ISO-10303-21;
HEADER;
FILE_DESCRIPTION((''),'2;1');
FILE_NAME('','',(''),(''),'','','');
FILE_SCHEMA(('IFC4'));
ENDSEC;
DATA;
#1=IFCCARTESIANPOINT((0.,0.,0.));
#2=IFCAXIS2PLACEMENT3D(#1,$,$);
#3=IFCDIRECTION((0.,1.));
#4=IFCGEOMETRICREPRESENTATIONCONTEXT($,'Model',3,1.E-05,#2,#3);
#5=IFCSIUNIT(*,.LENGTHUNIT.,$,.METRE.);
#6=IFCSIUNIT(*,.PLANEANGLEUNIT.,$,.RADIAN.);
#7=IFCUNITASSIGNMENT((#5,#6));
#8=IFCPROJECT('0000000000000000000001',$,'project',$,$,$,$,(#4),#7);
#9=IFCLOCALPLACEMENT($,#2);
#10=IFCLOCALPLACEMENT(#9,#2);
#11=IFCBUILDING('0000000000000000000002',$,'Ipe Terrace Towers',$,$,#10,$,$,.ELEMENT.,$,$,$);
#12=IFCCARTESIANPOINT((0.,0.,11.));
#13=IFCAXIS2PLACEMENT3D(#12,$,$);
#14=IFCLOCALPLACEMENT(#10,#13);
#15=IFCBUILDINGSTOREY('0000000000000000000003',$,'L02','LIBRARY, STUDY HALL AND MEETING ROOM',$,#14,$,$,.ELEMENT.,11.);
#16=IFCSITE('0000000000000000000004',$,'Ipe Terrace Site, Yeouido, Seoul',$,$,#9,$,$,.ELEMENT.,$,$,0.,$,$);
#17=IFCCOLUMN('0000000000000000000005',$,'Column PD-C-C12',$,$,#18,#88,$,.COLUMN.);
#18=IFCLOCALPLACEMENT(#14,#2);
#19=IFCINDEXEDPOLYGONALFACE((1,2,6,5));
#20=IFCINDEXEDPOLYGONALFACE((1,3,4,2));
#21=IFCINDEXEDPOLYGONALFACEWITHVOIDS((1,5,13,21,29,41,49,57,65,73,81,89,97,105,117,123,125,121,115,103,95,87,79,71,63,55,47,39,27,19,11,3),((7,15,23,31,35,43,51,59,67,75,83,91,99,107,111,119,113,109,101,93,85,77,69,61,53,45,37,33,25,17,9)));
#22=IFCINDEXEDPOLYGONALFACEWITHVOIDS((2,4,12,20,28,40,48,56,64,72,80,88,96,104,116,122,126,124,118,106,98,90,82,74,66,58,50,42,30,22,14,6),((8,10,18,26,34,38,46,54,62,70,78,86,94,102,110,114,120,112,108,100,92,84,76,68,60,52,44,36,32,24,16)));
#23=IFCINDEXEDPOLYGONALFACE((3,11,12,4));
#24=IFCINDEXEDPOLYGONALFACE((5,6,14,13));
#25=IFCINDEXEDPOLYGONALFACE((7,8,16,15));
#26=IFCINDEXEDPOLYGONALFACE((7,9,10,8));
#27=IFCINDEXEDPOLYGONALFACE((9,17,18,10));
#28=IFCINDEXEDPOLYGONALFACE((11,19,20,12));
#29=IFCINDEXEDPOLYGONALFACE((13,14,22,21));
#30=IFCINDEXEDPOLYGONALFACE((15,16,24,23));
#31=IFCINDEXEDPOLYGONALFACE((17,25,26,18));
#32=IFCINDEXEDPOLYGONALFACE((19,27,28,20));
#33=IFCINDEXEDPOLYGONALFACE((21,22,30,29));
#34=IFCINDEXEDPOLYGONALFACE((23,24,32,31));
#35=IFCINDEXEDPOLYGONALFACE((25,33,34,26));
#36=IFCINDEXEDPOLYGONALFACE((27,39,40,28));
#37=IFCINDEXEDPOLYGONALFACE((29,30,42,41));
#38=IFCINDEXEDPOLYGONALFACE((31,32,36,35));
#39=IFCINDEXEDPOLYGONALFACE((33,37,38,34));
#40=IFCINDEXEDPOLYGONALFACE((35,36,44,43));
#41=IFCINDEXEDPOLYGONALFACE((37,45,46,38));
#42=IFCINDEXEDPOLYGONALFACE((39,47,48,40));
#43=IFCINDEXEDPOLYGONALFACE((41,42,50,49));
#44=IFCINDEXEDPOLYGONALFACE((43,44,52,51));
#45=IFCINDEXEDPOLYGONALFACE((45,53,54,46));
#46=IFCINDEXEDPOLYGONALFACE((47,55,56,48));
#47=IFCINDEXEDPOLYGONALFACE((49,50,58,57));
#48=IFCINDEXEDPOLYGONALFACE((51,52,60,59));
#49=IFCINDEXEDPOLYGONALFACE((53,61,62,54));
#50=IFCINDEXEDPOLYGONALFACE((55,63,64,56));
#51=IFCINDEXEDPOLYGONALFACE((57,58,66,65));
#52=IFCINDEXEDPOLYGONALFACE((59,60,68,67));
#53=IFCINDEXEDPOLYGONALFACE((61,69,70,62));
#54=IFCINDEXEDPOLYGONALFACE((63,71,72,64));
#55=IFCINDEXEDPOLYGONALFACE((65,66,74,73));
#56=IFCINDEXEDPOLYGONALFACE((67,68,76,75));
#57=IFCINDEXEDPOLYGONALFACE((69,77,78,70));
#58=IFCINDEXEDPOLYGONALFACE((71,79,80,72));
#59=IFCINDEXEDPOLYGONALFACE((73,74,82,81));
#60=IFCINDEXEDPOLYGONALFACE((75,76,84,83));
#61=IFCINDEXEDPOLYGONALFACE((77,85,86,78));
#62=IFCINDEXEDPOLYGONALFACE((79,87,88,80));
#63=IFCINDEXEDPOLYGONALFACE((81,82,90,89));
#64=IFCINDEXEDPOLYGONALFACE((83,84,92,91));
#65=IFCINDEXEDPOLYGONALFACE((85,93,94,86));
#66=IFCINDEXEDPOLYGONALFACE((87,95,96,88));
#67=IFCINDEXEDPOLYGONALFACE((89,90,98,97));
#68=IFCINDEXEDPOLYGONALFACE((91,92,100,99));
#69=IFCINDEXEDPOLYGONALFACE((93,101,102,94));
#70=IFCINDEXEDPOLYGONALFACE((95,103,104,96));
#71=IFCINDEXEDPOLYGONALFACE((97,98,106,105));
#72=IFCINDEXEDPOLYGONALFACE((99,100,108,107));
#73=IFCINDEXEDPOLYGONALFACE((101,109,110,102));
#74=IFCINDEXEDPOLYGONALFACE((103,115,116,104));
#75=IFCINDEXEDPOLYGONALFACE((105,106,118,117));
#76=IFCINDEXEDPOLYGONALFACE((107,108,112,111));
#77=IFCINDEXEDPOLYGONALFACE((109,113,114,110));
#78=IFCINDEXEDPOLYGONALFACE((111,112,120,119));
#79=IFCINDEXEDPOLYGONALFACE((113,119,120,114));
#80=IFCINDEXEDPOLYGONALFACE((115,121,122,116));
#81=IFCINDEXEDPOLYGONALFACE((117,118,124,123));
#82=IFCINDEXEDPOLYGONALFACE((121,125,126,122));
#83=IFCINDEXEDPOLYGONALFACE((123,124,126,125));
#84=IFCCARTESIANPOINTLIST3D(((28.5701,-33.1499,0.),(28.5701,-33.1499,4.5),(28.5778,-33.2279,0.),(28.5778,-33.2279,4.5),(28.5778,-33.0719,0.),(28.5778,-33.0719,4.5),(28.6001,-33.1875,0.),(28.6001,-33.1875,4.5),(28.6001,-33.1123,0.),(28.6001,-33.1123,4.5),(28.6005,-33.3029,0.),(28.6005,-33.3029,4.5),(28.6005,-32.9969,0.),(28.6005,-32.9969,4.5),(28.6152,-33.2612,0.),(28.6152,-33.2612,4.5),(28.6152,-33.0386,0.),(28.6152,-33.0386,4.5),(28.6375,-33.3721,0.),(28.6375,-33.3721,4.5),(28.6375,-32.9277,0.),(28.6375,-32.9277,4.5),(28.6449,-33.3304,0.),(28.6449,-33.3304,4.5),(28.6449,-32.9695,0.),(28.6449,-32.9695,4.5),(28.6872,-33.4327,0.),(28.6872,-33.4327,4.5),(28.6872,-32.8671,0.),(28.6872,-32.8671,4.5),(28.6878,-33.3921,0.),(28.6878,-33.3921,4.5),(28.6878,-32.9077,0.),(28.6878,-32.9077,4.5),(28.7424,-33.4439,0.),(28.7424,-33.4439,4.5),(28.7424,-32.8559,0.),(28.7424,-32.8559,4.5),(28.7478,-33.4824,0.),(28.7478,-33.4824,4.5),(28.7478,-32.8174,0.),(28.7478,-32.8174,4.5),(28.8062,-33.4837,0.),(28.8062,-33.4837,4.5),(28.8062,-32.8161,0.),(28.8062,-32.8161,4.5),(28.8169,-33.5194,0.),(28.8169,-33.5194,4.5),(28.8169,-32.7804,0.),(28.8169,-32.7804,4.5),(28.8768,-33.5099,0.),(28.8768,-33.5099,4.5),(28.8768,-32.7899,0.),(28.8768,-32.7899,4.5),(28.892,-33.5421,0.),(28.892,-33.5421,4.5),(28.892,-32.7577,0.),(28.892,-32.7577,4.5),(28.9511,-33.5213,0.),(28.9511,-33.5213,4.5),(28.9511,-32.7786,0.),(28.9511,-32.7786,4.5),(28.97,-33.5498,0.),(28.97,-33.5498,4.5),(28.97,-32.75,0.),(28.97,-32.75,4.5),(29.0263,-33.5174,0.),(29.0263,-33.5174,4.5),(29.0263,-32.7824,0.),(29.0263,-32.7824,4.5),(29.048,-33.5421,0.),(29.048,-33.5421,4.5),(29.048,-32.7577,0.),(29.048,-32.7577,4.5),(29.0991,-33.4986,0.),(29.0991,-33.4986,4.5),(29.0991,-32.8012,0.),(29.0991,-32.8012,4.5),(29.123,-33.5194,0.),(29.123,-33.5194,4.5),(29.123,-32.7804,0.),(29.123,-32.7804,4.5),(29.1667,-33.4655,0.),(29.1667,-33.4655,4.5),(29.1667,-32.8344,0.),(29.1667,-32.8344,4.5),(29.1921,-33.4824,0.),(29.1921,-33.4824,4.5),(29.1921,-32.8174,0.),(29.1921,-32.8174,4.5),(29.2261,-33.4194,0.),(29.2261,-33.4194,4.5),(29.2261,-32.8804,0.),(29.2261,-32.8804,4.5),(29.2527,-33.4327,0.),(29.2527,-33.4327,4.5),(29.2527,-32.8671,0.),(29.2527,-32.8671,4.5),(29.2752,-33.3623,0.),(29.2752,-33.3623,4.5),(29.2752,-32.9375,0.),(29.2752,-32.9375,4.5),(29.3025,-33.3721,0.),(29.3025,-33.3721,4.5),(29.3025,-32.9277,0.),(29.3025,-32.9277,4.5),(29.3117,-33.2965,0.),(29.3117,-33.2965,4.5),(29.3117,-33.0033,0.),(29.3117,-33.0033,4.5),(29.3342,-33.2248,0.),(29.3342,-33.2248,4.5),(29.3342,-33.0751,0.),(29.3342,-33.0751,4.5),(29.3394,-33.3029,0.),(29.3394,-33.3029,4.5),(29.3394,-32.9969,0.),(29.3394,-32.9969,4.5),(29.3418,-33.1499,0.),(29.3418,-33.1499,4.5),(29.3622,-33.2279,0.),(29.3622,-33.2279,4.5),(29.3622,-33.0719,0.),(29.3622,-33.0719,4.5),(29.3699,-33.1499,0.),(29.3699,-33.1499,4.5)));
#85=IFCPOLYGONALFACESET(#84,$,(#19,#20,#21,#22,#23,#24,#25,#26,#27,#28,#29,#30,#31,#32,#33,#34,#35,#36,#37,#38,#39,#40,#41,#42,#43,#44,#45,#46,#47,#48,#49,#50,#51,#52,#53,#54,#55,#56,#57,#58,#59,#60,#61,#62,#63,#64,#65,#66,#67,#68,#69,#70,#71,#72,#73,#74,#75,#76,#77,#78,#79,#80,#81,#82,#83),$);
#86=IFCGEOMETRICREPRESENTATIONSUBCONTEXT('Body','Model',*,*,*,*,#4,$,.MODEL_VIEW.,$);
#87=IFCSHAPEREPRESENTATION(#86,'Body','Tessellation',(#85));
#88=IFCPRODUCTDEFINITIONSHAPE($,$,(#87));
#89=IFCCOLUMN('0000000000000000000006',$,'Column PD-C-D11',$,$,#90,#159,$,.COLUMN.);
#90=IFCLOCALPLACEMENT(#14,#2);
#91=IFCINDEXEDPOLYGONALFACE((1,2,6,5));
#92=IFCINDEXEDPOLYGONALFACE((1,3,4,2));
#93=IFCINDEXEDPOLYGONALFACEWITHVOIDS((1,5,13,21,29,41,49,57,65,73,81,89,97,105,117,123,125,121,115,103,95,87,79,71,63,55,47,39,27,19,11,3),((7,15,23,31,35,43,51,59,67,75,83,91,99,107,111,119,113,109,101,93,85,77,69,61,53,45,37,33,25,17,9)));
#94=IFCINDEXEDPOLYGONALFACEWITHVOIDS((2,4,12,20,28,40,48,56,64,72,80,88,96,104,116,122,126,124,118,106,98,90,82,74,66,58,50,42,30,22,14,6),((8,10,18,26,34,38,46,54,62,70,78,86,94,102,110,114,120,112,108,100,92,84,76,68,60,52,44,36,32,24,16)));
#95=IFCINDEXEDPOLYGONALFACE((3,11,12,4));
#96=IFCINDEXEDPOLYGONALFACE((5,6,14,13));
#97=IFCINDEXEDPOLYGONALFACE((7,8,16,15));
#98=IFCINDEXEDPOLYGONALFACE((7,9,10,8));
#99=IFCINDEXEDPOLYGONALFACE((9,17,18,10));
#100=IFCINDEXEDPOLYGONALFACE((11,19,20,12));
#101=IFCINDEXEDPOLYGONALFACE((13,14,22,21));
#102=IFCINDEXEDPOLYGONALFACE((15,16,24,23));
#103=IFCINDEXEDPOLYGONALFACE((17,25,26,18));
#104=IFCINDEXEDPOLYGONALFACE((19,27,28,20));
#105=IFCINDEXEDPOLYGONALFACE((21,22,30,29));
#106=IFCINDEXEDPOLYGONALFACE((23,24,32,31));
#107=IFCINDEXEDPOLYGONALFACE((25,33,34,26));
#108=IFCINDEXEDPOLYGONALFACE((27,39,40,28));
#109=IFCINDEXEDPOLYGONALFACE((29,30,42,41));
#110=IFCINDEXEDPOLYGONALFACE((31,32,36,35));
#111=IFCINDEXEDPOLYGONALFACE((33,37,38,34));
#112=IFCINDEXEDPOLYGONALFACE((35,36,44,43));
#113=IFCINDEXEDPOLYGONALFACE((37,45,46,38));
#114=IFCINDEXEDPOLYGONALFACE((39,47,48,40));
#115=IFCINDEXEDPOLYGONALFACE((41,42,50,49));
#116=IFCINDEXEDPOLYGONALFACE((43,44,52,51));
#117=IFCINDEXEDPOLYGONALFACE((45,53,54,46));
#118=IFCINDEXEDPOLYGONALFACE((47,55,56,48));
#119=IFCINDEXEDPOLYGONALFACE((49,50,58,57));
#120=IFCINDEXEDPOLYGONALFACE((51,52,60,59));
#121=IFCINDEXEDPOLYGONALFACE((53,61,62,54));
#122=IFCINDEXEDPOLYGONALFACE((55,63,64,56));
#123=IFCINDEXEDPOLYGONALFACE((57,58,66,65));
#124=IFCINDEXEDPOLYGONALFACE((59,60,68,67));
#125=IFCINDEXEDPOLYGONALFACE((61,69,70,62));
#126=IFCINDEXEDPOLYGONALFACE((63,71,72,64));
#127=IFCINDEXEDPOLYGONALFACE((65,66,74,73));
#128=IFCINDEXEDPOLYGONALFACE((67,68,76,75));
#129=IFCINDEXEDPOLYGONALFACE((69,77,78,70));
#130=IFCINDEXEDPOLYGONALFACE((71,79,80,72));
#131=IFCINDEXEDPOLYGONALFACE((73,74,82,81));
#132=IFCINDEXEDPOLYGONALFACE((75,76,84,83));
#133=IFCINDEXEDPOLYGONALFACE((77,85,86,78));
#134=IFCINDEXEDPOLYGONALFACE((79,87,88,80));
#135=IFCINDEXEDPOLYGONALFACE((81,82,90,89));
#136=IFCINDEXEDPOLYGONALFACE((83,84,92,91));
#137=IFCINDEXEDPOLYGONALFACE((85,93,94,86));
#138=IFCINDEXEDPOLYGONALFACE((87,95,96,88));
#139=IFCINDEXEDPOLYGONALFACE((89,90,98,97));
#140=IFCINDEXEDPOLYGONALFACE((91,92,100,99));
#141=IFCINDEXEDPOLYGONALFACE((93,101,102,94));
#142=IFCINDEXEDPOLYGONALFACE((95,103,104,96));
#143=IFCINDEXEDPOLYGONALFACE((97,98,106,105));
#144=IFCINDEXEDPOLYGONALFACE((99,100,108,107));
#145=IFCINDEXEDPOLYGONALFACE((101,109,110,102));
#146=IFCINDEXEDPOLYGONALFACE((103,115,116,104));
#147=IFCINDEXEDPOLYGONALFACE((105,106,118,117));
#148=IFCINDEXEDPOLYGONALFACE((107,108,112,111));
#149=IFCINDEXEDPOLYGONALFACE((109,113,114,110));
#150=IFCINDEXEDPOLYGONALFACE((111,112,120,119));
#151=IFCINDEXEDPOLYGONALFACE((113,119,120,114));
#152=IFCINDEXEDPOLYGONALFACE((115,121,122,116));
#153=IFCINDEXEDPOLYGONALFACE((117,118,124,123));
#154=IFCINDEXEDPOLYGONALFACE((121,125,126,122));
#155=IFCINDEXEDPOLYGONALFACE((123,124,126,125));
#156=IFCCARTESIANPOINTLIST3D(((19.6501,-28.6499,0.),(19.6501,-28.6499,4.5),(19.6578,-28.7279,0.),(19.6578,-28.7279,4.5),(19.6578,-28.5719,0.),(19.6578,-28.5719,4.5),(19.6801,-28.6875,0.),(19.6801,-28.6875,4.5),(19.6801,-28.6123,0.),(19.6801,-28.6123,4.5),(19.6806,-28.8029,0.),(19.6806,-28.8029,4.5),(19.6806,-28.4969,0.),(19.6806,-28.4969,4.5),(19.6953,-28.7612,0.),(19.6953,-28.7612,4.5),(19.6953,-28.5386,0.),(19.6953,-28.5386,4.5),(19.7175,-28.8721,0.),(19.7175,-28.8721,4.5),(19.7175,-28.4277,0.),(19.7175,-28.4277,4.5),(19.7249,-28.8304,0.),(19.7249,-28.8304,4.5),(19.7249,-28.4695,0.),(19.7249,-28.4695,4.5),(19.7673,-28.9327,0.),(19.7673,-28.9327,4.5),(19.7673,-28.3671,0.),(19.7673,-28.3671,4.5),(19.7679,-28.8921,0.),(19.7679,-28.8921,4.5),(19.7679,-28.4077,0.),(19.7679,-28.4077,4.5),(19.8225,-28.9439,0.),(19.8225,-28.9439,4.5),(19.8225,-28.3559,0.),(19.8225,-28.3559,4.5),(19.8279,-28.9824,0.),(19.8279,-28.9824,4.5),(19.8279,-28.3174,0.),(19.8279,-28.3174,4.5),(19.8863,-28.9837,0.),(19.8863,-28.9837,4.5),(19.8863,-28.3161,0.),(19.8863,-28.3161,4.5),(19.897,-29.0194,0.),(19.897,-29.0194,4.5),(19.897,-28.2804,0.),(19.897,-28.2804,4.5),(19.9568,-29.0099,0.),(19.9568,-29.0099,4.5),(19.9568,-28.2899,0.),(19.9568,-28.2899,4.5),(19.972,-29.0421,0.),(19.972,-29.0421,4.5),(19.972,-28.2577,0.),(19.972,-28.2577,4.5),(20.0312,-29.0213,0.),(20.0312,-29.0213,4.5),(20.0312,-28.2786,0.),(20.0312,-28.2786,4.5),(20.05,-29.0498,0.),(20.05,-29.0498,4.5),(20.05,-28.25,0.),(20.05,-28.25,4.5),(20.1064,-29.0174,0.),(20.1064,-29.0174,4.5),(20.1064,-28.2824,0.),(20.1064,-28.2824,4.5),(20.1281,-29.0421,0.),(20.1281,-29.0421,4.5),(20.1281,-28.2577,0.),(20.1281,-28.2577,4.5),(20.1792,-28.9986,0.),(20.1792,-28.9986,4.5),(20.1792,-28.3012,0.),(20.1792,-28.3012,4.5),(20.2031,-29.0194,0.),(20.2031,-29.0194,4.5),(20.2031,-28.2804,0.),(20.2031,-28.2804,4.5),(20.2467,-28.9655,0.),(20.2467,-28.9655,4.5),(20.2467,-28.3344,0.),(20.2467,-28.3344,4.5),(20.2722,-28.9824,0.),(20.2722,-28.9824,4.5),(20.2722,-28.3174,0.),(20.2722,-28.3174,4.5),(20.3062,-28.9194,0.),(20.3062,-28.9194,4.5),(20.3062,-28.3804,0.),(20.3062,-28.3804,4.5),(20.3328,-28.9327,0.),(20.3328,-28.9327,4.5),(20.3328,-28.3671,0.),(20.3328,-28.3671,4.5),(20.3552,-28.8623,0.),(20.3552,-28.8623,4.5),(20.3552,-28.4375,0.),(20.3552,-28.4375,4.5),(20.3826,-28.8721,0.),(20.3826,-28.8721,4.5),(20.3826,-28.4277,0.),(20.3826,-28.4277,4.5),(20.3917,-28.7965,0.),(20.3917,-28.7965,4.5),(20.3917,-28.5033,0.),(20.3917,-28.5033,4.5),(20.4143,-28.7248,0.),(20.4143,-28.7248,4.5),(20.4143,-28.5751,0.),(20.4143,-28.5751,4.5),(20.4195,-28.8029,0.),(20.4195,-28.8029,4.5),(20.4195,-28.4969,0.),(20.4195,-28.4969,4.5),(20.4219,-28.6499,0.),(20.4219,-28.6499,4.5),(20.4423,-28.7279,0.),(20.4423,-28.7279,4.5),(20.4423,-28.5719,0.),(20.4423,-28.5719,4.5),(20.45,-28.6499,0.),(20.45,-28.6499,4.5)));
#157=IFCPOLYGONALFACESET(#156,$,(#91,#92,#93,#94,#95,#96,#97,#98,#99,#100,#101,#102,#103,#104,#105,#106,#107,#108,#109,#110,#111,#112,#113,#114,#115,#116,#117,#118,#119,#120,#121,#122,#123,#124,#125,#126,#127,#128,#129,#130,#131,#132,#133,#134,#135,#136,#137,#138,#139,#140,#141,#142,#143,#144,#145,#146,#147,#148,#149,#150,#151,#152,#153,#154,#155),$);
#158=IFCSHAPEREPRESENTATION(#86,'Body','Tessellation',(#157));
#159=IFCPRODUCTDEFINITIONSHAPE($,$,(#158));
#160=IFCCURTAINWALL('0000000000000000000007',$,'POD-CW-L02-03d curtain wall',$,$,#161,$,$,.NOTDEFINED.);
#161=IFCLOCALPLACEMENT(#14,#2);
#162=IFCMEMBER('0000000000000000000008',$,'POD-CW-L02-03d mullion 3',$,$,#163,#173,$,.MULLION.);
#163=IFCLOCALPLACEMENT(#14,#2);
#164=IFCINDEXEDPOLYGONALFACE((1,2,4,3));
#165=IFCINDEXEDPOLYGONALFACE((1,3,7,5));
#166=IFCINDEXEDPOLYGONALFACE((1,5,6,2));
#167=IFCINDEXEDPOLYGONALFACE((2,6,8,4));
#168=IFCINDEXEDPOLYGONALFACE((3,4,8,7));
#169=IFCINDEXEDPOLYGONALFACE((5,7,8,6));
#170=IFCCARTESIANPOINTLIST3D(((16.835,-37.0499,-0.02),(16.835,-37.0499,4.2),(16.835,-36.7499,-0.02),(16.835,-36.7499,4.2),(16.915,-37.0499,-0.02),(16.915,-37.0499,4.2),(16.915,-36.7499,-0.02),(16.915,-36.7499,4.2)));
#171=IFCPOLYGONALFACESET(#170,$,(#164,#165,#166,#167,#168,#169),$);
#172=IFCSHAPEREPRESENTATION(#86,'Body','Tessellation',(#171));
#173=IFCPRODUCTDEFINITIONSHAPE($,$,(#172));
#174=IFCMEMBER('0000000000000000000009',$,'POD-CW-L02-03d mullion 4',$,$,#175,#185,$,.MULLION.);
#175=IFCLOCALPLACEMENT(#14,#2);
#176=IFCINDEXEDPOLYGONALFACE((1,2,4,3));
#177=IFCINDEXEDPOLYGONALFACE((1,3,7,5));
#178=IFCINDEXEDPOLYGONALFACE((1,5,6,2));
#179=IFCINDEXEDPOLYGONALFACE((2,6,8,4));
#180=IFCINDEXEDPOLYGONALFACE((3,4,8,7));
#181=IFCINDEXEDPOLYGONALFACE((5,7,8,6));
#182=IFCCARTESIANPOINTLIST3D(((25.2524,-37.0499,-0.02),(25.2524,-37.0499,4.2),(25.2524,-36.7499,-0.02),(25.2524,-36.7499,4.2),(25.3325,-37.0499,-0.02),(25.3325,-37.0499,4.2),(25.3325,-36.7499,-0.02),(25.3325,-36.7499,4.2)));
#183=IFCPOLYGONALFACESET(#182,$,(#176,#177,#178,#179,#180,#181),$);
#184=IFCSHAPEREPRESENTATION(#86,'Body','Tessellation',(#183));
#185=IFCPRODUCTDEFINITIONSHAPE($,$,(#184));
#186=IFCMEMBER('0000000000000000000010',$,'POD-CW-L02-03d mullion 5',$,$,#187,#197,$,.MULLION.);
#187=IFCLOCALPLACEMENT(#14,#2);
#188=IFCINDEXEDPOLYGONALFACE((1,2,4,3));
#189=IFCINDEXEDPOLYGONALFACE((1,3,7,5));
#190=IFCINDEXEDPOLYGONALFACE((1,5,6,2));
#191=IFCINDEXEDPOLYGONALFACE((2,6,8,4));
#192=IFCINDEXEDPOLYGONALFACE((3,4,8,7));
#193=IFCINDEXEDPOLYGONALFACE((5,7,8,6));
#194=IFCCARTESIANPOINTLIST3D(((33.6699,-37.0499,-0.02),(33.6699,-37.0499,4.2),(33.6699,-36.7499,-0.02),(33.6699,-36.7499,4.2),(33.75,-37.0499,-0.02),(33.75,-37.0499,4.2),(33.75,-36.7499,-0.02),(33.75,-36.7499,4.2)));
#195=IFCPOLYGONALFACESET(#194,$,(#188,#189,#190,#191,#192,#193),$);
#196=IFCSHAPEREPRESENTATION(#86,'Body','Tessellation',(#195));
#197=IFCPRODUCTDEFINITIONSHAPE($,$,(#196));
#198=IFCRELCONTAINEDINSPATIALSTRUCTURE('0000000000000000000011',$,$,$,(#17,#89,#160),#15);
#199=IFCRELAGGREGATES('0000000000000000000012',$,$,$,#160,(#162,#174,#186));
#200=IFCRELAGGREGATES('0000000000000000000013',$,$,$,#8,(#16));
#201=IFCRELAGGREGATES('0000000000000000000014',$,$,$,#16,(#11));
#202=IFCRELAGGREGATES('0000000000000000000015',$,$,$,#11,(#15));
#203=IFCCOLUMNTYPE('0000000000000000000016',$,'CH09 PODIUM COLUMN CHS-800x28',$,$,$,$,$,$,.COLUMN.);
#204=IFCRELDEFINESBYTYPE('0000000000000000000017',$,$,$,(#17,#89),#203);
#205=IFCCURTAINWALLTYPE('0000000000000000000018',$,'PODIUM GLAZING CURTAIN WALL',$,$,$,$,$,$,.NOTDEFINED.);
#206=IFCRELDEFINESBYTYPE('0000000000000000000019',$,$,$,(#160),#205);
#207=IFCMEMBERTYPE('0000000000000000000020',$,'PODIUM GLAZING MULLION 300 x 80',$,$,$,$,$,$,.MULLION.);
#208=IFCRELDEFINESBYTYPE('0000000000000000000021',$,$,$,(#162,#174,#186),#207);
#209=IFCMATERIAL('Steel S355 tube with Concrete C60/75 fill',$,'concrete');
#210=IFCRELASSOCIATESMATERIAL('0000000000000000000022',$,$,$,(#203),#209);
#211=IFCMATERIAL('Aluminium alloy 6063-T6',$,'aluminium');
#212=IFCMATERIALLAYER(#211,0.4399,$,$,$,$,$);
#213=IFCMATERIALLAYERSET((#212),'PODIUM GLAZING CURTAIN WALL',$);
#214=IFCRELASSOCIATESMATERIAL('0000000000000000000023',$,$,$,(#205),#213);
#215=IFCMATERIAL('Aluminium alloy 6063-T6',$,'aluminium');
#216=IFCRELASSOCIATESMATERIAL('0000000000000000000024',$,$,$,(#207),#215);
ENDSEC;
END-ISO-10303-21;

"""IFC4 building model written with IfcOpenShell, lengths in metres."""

from ifc_helpers import new_model, si_unit, direction, frame, origin, origin_2d, place, context, subcontext, project, spatial, rectangle, hollow_circle, extrude, material, layer, layer_set, material_profile, profile_set, type_object, element, aggregate, save


model = new_model("IFC4")

# Units and contexts
model_context = context("Model", 3, precision=1e-05, world=origin(), true_north=direction((0.0, 1.0)))
body_context = subcontext(model_context, "Body", "Model", "MODEL_VIEW")
ifc_project = project(units=[si_unit("LENGTHUNIT", "METRE"), si_unit("PLANEANGLEUNIT", "RADIAN")], contexts=[model_context])

# Site, building, storey
site_placement = place(None, origin())
site = spatial("IfcSite", under=ifc_project, at=site_placement, Name="Ipe Terrace Site, Yeouido, Seoul", CompositionType="ELEMENT", RefElevation=0.0)
building_placement = place(site_placement, origin())
building = spatial("IfcBuilding", under=site, at=building_placement, Name="Ipe Terrace Towers", CompositionType="ELEMENT")
storey_placement = place(building_placement, frame((0.0, 0.0, 11.0)))
storey = spatial("IfcBuildingStorey", under=building, at=storey_placement, Name="L02", Description="LIBRARY, STUDY HALL AND MEETING ROOM", CompositionType="ELEMENT", Elevation=11.0)

# Columns
ifc_material_1 = material(Name="Steel S355 tube with Concrete C60/75 fill", Category="concrete")
ifc_material_profile_1 = material_profile(ifc_material_1, hollow_circle(Radius=0.3999, WallThickness=0.0281, at=origin_2d()), Name="CHS-800x28")
ifc_profile_set_1 = profile_set([ifc_material_profile_1], Name="Steel S355 tube with Concrete C60/75 fill")
column_type_1 = type_object("IfcColumnType", Name="CH09 PODIUM COLUMN CHS-800x28", PredefinedType="COLUMN", material=ifc_profile_set_1)
for number, where, z_axis, x_axis, name in (
    (1, (28.97, -33.1499, 0.0), (0.0, 0.0, 1.0), (1.0, 0.0, 0.0), "Column PD-C-C12"),
    (2, (20.05, -28.6499, 0.0), (0.0, 0.0, 1.0), (1.0, 0.0, 0.0), "Column PD-C-D11"),
):
    element("IfcColumn", number, at=place(storey_placement, frame(where, z_axis=z_axis, x_axis=x_axis)), inside=storey, type_object=column_type_1, Name=name, PredefinedType="COLUMN", context=body_context, shape_type="SweptSolid", body=[
        extrude(hollow_circle(Radius=0.3999, WallThickness=0.0281, at=origin_2d()), origin(), (0.0, 0.0, 1.0), 4.5),
    ])

# Curtain wall, members
ifc_material_2 = material(Name="Aluminium alloy 6063-T6", Category="aluminium")
ifc_layer_1 = layer(ifc_material_2, 0.4399)
ifc_layer_set_1 = layer_set([ifc_layer_1], Name="PODIUM GLAZING CURTAIN WALL")
curtain_wall_type = type_object("IfcCurtainWallType", Name="PODIUM GLAZING CURTAIN WALL", PredefinedType="NOTDEFINED", material=ifc_layer_set_1)
curtain_wall_placement = place(storey_placement, origin())
curtain_wall = element("IfcCurtainWall", 3, at=curtain_wall_placement, inside=storey, type_object=curtain_wall_type, Name="POD-CW-L02-03d curtain wall", PredefinedType="NOTDEFINED")
ifc_material_3 = material(Name="Aluminium alloy 6063-T6", Category="aluminium")
ifc_material_profile_2 = material_profile(ifc_material_3, rectangle(XDim=0.3, YDim=0.0801, at=origin_2d()), Name="PODIUM GLAZING MULLION 300 x 80")
ifc_profile_set_2 = profile_set([ifc_material_profile_2], Name="Aluminium alloy 6063-T6")
member_type = type_object("IfcMemberType", Name="PODIUM GLAZING MULLION 300 x 80", PredefinedType="MULLION", material=ifc_profile_set_2)
member_1_placement = place(storey_placement, frame((16.875, -36.8999, -0.02), z_axis=(0.0, 0.0, 1.0), x_axis=(0.0, -1.0, 0.0)))
member_1 = element("IfcMember", 4, at=member_1_placement, type_object=member_type, Name="POD-CW-L02-03d mullion 3", PredefinedType="MULLION", context=body_context, shape_type="SweptSolid", body=[
    extrude(rectangle(XDim=0.3, YDim=0.0801, at=origin_2d()), origin(), (0.0, 0.0, 1.0), 4.22),
])
member_2_placement = place(storey_placement, frame((25.2925, -36.8999, -0.02), z_axis=(0.0, 0.0, 1.0), x_axis=(0.0, -1.0, 0.0)))
member_2 = element("IfcMember", 5, at=member_2_placement, type_object=member_type, Name="POD-CW-L02-03d mullion 4", PredefinedType="MULLION", context=body_context, shape_type="SweptSolid", body=[
    extrude(rectangle(XDim=0.3, YDim=0.0801, at=origin_2d()), origin(), (0.0, 0.0, 1.0), 4.22),
])
member_3_placement = place(storey_placement, frame((33.71, -36.8999, -0.02), z_axis=(0.0, 0.0, 1.0), x_axis=(0.0, -1.0, 0.0)))
member_3 = element("IfcMember", 6, at=member_3_placement, type_object=member_type, Name="POD-CW-L02-03d mullion 5", PredefinedType="MULLION", context=body_context, shape_type="SweptSolid", body=[
    extrude(rectangle(XDim=0.3, YDim=0.0801, at=origin_2d()), origin(), (0.0, 0.0, 1.0), 4.22),
])
aggregate(curtain_wall, [member_1, member_2, member_3])

save(model, "model.ifc")
